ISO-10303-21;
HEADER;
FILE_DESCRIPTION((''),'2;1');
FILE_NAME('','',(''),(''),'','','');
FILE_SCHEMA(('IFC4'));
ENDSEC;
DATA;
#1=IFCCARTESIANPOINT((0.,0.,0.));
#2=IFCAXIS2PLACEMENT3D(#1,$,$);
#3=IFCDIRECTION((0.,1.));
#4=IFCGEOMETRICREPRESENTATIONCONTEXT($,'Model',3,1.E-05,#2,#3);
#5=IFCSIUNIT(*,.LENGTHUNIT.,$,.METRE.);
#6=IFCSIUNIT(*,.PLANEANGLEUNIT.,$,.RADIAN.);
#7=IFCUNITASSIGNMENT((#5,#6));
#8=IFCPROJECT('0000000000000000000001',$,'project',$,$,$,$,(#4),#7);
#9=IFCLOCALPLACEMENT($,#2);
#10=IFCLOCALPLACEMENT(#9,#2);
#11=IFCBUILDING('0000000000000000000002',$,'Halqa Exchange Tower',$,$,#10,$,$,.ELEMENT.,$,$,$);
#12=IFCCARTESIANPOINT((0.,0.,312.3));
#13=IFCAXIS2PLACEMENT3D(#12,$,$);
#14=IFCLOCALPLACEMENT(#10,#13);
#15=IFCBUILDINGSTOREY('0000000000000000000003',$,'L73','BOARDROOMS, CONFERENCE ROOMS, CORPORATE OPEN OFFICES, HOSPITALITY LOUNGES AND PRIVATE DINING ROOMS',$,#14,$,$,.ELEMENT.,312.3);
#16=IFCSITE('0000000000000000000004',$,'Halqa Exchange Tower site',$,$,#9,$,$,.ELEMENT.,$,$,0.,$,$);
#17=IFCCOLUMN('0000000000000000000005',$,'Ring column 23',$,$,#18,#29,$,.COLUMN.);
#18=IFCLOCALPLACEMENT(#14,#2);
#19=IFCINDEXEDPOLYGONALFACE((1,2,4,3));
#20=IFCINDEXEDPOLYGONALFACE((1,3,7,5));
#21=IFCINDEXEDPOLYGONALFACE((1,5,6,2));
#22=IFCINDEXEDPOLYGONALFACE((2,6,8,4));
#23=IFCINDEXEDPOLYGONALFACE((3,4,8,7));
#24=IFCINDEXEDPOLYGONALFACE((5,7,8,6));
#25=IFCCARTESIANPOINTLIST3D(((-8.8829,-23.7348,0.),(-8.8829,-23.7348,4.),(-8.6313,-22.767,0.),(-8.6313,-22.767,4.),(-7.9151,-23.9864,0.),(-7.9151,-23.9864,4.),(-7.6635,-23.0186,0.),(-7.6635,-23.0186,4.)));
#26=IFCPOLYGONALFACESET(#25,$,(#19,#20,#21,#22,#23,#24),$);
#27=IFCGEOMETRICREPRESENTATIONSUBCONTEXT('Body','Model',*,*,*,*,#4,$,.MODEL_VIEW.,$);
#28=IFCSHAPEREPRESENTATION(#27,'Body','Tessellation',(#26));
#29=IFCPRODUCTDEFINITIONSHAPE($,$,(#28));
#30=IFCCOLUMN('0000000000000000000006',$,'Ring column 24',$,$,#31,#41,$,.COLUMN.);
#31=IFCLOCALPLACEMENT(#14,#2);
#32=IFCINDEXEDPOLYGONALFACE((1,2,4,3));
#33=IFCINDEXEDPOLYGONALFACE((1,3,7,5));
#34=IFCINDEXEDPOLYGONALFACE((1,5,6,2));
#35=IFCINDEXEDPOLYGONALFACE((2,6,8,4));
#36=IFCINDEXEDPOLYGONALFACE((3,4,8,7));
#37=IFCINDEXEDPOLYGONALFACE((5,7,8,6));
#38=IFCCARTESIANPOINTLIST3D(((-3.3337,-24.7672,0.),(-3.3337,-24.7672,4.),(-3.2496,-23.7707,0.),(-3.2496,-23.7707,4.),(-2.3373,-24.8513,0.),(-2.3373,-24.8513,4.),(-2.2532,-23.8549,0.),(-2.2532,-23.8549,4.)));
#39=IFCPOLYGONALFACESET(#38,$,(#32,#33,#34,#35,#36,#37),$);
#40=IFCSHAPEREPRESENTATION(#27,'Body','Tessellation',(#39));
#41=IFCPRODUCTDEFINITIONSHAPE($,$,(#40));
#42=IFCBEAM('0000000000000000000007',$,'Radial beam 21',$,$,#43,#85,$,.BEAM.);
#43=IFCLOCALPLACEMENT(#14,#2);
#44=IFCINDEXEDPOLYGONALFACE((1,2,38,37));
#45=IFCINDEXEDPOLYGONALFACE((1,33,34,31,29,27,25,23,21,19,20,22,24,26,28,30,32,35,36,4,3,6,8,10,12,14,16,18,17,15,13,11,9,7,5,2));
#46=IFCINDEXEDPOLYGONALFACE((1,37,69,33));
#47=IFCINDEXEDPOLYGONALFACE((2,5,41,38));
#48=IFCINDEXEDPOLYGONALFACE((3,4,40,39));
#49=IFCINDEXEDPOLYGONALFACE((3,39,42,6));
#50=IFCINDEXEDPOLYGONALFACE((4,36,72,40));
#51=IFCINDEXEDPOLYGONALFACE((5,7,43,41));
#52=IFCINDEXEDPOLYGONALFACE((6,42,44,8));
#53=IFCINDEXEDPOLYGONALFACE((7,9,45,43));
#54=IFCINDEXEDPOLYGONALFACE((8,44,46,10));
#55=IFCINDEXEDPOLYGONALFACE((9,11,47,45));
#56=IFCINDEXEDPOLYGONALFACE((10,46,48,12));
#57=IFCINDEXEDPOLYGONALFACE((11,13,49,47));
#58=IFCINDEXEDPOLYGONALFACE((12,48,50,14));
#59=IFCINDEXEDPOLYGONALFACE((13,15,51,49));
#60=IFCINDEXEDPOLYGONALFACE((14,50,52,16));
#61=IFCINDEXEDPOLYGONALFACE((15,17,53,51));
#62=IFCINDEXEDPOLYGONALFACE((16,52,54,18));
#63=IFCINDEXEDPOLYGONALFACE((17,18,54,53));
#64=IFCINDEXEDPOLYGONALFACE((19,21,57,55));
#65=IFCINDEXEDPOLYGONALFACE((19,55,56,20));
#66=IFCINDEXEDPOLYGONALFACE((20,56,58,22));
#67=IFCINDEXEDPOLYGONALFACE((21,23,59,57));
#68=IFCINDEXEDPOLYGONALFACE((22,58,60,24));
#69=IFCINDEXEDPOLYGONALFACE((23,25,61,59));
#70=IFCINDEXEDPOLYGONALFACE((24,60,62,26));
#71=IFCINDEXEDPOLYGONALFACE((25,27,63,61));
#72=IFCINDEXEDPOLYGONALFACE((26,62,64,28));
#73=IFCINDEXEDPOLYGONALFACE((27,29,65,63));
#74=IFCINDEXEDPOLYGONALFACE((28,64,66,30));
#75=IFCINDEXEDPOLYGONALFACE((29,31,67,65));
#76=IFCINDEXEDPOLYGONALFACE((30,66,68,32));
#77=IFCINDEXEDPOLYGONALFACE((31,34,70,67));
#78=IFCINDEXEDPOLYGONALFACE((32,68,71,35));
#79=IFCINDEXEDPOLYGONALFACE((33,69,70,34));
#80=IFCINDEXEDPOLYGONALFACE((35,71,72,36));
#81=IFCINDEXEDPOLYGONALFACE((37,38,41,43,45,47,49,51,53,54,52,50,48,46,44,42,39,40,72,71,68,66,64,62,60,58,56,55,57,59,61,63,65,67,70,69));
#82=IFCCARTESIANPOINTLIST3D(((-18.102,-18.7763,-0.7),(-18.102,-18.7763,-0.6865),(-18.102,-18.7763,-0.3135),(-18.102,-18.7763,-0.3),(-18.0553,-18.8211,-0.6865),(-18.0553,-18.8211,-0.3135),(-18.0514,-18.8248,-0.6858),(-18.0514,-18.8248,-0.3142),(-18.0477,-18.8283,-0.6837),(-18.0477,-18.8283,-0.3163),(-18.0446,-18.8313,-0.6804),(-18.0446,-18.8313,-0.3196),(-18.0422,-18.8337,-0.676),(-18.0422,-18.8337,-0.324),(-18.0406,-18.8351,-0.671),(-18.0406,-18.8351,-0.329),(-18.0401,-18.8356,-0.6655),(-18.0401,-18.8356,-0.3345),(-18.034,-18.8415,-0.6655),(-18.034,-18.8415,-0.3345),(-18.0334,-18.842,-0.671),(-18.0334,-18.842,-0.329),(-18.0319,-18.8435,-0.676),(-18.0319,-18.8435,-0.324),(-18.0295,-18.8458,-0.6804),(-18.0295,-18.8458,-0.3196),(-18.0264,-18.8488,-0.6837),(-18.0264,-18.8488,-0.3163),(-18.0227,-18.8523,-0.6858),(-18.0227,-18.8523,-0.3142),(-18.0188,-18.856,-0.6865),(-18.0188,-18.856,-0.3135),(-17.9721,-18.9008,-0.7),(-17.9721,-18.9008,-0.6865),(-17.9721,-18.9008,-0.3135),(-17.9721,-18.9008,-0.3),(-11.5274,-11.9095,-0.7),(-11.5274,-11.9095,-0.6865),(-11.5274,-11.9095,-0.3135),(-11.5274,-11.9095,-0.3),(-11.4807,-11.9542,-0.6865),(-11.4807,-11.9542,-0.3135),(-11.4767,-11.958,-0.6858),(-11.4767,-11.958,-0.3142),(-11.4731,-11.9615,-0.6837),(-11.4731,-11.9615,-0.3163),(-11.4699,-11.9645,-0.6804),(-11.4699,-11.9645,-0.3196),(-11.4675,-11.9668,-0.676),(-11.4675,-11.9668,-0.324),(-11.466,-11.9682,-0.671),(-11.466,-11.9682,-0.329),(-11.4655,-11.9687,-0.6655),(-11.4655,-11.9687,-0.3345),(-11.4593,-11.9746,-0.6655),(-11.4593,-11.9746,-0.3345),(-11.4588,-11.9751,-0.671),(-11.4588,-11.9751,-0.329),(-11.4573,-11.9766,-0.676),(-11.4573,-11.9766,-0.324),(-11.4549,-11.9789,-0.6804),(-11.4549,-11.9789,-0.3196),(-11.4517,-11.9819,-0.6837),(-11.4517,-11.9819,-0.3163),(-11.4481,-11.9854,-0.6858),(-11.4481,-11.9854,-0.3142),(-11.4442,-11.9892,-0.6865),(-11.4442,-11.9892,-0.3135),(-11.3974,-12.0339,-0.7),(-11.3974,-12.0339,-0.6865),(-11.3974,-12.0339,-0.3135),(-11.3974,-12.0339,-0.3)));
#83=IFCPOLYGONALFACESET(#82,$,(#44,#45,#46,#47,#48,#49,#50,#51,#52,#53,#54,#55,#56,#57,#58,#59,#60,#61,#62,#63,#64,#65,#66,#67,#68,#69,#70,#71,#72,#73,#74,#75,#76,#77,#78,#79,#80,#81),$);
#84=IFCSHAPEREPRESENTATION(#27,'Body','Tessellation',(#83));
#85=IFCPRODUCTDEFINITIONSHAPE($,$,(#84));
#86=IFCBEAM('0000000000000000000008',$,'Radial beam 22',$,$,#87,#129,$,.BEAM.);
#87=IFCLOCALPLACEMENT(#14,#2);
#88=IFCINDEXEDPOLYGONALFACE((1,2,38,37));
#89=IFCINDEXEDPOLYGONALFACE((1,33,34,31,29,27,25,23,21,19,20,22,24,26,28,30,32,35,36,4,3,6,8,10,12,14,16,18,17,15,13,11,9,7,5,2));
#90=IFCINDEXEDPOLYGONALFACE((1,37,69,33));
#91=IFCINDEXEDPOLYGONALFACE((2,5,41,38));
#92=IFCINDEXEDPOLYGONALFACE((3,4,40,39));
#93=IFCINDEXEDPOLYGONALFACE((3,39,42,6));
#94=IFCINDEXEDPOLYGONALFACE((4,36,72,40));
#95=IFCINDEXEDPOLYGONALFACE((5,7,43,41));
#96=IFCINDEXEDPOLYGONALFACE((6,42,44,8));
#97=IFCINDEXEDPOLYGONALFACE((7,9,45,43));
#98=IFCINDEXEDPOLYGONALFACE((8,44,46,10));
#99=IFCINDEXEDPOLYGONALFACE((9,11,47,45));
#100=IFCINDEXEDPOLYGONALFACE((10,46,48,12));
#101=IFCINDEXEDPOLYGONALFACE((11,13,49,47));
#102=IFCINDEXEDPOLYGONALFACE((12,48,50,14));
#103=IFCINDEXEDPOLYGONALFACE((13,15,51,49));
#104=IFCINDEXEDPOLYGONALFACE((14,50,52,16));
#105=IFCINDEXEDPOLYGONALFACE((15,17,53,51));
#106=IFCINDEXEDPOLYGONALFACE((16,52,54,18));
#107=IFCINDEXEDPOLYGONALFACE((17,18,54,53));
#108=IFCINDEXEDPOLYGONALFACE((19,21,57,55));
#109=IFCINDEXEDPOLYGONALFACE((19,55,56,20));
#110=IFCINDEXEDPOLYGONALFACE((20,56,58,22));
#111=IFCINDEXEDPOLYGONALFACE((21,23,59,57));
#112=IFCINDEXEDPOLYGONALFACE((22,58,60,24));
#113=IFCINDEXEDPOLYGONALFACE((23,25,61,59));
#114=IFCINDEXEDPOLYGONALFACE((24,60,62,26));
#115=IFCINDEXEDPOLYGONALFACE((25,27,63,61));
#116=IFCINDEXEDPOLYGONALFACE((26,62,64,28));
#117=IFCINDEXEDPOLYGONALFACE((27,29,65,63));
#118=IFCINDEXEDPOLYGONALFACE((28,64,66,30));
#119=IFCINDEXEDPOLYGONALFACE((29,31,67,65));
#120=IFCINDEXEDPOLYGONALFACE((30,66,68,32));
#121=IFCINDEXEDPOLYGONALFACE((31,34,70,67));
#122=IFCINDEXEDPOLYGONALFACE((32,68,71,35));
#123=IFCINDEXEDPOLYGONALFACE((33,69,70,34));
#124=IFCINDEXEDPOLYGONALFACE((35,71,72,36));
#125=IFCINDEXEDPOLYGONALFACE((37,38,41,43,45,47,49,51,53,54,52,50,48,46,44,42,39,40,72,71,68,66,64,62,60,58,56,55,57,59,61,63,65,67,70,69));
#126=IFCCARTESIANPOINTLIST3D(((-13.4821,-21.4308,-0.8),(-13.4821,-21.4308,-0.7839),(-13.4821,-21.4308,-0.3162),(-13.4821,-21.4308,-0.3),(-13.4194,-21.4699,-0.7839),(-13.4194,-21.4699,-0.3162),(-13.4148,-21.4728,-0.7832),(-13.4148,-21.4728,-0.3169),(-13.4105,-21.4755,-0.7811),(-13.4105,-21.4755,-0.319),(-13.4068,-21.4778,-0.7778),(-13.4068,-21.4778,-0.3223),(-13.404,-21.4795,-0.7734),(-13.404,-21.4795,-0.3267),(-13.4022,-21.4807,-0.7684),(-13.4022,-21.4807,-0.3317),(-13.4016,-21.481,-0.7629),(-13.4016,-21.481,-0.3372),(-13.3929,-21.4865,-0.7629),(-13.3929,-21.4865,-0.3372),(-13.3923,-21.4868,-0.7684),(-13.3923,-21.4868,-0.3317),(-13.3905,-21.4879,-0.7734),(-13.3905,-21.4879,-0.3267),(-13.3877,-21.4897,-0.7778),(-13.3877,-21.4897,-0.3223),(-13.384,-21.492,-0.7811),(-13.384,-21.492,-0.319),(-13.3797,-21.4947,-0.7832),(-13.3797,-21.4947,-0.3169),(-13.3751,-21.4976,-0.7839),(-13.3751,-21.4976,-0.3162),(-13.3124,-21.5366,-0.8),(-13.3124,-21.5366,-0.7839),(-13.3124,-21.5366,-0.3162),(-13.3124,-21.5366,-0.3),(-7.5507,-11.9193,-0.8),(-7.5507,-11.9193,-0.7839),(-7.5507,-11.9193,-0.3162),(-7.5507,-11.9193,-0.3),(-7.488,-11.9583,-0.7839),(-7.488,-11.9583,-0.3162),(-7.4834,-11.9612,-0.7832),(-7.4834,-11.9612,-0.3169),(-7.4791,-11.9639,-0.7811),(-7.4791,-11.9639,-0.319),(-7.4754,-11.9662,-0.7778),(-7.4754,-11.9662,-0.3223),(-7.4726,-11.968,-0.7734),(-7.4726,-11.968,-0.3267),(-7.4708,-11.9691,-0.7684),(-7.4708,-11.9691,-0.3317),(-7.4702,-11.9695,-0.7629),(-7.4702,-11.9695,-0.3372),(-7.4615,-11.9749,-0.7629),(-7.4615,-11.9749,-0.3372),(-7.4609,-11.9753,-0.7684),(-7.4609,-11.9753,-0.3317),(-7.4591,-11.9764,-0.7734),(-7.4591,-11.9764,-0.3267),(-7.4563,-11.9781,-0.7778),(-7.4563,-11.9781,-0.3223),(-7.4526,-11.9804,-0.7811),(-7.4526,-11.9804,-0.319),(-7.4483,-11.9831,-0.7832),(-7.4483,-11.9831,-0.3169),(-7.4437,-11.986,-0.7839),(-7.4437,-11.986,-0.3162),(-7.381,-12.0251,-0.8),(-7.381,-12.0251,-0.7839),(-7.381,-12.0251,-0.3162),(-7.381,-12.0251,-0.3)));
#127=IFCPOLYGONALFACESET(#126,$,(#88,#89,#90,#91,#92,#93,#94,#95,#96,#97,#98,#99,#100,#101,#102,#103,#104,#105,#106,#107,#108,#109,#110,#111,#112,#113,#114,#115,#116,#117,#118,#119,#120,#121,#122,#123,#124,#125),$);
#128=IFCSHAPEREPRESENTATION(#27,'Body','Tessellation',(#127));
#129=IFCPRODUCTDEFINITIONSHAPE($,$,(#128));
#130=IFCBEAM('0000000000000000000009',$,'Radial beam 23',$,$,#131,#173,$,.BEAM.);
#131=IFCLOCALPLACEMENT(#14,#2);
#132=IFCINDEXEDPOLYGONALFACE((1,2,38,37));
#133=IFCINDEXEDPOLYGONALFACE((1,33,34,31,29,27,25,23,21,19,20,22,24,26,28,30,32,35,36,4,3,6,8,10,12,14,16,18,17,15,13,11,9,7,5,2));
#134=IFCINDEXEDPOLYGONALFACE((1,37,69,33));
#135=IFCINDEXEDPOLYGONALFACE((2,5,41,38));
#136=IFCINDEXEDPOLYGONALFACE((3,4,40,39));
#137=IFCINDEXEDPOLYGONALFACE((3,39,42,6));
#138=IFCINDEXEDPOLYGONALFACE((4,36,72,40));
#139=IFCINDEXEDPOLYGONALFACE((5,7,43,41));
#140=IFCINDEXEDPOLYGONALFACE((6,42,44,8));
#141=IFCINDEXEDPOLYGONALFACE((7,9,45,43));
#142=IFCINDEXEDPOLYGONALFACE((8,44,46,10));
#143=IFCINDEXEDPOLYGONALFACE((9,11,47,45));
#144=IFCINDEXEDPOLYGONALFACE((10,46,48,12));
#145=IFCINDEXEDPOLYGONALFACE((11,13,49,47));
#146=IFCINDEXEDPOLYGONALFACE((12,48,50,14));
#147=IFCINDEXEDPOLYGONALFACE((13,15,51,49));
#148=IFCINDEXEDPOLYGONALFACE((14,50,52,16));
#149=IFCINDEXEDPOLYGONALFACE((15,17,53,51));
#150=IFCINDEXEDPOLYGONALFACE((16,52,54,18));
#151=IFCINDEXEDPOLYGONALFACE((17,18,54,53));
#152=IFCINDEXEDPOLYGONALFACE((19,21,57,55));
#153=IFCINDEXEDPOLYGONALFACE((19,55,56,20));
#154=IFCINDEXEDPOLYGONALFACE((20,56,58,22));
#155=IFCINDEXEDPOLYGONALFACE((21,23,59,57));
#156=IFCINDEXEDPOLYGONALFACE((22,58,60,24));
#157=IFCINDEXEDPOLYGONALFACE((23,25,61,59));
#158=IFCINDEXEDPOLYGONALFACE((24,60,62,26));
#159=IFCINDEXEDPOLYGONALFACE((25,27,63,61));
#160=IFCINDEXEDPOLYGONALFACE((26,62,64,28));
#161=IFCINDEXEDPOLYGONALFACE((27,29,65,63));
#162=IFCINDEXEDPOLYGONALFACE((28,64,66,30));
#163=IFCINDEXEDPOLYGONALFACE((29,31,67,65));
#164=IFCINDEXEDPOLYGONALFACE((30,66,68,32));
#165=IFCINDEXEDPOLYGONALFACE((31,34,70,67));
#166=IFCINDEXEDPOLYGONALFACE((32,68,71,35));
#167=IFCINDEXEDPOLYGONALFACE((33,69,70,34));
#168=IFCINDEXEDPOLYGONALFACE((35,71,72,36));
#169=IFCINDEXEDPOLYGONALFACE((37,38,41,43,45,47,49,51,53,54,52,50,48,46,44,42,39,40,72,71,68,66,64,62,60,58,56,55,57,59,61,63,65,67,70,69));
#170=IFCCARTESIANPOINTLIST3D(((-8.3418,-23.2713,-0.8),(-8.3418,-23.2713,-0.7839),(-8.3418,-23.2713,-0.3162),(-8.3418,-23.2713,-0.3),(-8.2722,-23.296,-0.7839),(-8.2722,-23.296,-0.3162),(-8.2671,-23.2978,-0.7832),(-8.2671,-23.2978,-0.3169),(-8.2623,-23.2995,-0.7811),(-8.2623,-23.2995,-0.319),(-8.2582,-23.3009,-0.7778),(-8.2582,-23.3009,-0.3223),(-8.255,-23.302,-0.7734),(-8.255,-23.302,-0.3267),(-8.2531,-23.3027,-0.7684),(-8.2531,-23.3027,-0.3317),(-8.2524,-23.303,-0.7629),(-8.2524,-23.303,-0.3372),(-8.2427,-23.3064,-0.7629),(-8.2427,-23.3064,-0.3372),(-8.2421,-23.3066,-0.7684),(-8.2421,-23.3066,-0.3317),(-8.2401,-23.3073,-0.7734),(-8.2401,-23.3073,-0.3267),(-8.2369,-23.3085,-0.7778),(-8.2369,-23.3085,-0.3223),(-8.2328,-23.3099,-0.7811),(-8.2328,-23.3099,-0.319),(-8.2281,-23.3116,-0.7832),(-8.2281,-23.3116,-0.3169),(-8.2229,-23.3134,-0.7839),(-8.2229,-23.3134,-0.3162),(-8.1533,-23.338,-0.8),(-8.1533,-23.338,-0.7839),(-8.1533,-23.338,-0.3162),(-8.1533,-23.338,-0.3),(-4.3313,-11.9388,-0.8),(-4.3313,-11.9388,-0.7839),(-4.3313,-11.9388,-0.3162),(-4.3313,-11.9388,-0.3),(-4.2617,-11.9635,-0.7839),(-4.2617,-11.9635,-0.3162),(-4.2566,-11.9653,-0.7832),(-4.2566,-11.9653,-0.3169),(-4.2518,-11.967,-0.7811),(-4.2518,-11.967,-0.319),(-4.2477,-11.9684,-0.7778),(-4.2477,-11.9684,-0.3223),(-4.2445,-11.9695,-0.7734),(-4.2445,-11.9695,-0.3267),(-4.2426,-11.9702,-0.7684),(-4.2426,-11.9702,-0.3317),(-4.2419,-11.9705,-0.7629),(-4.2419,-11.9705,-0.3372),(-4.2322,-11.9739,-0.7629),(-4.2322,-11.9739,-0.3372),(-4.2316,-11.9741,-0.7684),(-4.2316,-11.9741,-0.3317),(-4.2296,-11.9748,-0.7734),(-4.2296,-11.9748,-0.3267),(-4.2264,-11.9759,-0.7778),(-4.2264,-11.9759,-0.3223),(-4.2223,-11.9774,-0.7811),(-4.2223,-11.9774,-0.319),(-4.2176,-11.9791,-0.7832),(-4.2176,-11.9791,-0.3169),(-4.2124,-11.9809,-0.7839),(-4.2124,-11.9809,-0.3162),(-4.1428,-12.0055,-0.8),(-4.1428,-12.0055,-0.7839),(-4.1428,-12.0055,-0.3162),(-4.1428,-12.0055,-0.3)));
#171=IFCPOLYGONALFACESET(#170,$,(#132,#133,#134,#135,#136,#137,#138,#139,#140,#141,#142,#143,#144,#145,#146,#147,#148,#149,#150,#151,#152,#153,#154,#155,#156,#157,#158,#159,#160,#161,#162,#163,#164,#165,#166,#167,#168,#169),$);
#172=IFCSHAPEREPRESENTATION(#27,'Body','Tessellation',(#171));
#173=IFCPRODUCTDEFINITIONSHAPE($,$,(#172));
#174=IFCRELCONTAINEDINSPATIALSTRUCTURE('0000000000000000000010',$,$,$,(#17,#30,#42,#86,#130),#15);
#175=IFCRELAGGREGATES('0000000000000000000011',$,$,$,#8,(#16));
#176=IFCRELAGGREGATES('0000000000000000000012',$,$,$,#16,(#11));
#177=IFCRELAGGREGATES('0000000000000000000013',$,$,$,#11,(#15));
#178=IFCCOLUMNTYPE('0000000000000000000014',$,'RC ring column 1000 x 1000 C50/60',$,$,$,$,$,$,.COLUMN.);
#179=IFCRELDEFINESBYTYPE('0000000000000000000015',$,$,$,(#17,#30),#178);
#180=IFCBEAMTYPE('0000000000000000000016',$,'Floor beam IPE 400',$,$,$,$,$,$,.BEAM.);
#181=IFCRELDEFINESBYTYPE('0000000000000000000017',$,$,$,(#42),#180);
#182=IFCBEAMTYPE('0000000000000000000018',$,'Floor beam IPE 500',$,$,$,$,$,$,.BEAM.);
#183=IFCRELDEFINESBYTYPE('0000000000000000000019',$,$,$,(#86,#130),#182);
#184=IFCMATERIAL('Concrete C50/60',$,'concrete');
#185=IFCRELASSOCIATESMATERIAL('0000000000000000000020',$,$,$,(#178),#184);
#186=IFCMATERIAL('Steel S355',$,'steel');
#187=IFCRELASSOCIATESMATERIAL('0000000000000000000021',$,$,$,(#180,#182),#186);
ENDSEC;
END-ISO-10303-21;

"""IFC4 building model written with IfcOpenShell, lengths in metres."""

from ifc_helpers import new_model, si_unit, direction, frame, origin, origin_2d, place, context, subcontext, project, spatial, rectangle, i_section, extrude, material, material_profile, profile_set, type_object, element, save


model = new_model("IFC4")

# Units and contexts
model_context = context("Model", 3, precision=1e-05, world=origin(), true_north=direction((0.0, 1.0)))
body_context = subcontext(model_context, "Body", "Model", "MODEL_VIEW")
ifc_project = project(units=[si_unit("LENGTHUNIT", "METRE"), si_unit("PLANEANGLEUNIT", "RADIAN")], contexts=[model_context])

# Site, building, storey
site_placement = place(None, origin())
site = spatial("IfcSite", under=ifc_project, at=site_placement, Name="Halqa Exchange Tower site", CompositionType="ELEMENT", RefElevation=0.0)
building_placement = place(site_placement, origin())
building = spatial("IfcBuilding", under=site, at=building_placement, Name="Halqa Exchange Tower", CompositionType="ELEMENT")
storey_placement = place(building_placement, frame((0.0, 0.0, 312.3)))
storey = spatial("IfcBuildingStorey", under=building, at=storey_placement, Name="L73", Description="BOARDROOMS, CONFERENCE ROOMS, CORPORATE OPEN OFFICES, HOSPITALITY LOUNGES AND PRIVATE DINING ROOMS", CompositionType="ELEMENT", Elevation=312.3)

# Columns
ifc_material_1 = material(Name="Concrete C50/60", Category="concrete")
ifc_material_profile_1 = material_profile(ifc_material_1, rectangle(XDim=1.0, YDim=1.0, at=origin_2d()), Name="1000 x 1000")
ifc_profile_set_1 = profile_set([ifc_material_profile_1], Name="Concrete C50/60")
column_type = type_object("IfcColumnType", Name="RC ring column 1000 x 1000 C50/60", PredefinedType="COLUMN", material=ifc_profile_set_1)
for number, where, z_axis, x_axis, name in (
    (1, (-8.2732, -23.3767, 0.0), (0.0, 0.0, 1.0), (0.967819, -0.251647, 0.0), "Ring column 23"),
    (2, (-2.7935, -24.311, 0.0), (0.0, 0.0, 1.0), (0.996455, -0.084127, 0.0), "Ring column 24"),
):
    element("IfcColumn", number, at=place(storey_placement, frame(where, z_axis=z_axis, x_axis=x_axis)), inside=storey, type_object=column_type, Name=name, PredefinedType="COLUMN", context=body_context, shape_type="SweptSolid", body=[
        extrude(rectangle(XDim=1.0, YDim=1.0, at=origin_2d()), origin(), (0.0, 0.0, 1.0), 4.0),
    ])

# Beams
ifc_material_2 = material(Name="Steel S355", Category="steel")
ifc_material_profile_2 = material_profile(ifc_material_2, i_section(OverallWidth=0.1799, OverallDepth=0.3999, WebThickness=0.0085, FlangeThickness=0.0134, FilletRadius=0.021, at=origin_2d()), Name="IPE 400")
ifc_profile_set_2 = profile_set([ifc_material_profile_2], Name="Steel S355")
beam_type_1 = type_object("IfcBeamType", Name="Floor beam IPE 400", PredefinedType="BEAM", material=ifc_profile_set_2)
beam_1_placement = place(storey_placement, frame((-11.4624, -11.9717, -0.5), z_axis=(-0.69157, -0.722309, 0.0), x_axis=(0.722309, -0.69157, 0.0)))
element("IfcBeam", 3, at=beam_1_placement, inside=storey, type_object=beam_type_1, Name="Radial beam 21", PredefinedType="BEAM", context=body_context, shape_type="SweptSolid", body=[
    extrude(i_section(OverallWidth=0.1799, OverallDepth=0.3999, WebThickness=0.0085, FlangeThickness=0.0134, FilletRadius=0.021, at=origin_2d()), origin(), (0.0, 0.0, 1.0), 9.5068),
])
ifc_material_profile_3 = material_profile(ifc_material_2, i_section(OverallWidth=0.2, OverallDepth=0.5, WebThickness=0.0103, FlangeThickness=0.0161, FilletRadius=0.021, at=origin_2d()), Name="IPE 500")
ifc_profile_set_3 = profile_set([ifc_material_profile_3], Name="Steel S355")
beam_type_2 = type_object("IfcBeamType", Name="Floor beam IPE 500", PredefinedType="BEAM", material=ifc_profile_set_3)
beam_2_placement = place(storey_placement, frame((-7.4658, -11.9722, -0.55), z_axis=(-0.529147, -0.84853, 0.0), x_axis=(0.84853, -0.529147, 0.0)))
element("IfcBeam", 4, at=beam_2_placement, inside=storey, type_object=beam_type_2, Name="Radial beam 22", PredefinedType="BEAM", context=body_context, shape_type="SweptSolid", body=[
    extrude(i_section(OverallWidth=0.2, OverallDepth=0.5, WebThickness=0.0103, FlangeThickness=0.0161, FilletRadius=0.021, at=origin_2d()), origin(), (0.0, 0.0, 1.0), 11.2095),
])
beam_3_placement = place(storey_placement, frame((-4.2371, -11.9722, -0.55), z_axis=(-0.333618, -0.942708, 0.0), x_axis=(0.942708, -0.333618, 0.0)))
element("IfcBeam", 5, at=beam_3_placement, inside=storey, type_object=beam_type_2, Name="Radial beam 23", PredefinedType="BEAM", context=body_context, shape_type="SweptSolid", body=[
    extrude(i_section(OverallWidth=0.2, OverallDepth=0.5, WebThickness=0.0103, FlangeThickness=0.0161, FilletRadius=0.021, at=origin_2d()), origin(), (0.0, 0.0, 1.0), 12.0212),
])

save(model, "model.ifc")
